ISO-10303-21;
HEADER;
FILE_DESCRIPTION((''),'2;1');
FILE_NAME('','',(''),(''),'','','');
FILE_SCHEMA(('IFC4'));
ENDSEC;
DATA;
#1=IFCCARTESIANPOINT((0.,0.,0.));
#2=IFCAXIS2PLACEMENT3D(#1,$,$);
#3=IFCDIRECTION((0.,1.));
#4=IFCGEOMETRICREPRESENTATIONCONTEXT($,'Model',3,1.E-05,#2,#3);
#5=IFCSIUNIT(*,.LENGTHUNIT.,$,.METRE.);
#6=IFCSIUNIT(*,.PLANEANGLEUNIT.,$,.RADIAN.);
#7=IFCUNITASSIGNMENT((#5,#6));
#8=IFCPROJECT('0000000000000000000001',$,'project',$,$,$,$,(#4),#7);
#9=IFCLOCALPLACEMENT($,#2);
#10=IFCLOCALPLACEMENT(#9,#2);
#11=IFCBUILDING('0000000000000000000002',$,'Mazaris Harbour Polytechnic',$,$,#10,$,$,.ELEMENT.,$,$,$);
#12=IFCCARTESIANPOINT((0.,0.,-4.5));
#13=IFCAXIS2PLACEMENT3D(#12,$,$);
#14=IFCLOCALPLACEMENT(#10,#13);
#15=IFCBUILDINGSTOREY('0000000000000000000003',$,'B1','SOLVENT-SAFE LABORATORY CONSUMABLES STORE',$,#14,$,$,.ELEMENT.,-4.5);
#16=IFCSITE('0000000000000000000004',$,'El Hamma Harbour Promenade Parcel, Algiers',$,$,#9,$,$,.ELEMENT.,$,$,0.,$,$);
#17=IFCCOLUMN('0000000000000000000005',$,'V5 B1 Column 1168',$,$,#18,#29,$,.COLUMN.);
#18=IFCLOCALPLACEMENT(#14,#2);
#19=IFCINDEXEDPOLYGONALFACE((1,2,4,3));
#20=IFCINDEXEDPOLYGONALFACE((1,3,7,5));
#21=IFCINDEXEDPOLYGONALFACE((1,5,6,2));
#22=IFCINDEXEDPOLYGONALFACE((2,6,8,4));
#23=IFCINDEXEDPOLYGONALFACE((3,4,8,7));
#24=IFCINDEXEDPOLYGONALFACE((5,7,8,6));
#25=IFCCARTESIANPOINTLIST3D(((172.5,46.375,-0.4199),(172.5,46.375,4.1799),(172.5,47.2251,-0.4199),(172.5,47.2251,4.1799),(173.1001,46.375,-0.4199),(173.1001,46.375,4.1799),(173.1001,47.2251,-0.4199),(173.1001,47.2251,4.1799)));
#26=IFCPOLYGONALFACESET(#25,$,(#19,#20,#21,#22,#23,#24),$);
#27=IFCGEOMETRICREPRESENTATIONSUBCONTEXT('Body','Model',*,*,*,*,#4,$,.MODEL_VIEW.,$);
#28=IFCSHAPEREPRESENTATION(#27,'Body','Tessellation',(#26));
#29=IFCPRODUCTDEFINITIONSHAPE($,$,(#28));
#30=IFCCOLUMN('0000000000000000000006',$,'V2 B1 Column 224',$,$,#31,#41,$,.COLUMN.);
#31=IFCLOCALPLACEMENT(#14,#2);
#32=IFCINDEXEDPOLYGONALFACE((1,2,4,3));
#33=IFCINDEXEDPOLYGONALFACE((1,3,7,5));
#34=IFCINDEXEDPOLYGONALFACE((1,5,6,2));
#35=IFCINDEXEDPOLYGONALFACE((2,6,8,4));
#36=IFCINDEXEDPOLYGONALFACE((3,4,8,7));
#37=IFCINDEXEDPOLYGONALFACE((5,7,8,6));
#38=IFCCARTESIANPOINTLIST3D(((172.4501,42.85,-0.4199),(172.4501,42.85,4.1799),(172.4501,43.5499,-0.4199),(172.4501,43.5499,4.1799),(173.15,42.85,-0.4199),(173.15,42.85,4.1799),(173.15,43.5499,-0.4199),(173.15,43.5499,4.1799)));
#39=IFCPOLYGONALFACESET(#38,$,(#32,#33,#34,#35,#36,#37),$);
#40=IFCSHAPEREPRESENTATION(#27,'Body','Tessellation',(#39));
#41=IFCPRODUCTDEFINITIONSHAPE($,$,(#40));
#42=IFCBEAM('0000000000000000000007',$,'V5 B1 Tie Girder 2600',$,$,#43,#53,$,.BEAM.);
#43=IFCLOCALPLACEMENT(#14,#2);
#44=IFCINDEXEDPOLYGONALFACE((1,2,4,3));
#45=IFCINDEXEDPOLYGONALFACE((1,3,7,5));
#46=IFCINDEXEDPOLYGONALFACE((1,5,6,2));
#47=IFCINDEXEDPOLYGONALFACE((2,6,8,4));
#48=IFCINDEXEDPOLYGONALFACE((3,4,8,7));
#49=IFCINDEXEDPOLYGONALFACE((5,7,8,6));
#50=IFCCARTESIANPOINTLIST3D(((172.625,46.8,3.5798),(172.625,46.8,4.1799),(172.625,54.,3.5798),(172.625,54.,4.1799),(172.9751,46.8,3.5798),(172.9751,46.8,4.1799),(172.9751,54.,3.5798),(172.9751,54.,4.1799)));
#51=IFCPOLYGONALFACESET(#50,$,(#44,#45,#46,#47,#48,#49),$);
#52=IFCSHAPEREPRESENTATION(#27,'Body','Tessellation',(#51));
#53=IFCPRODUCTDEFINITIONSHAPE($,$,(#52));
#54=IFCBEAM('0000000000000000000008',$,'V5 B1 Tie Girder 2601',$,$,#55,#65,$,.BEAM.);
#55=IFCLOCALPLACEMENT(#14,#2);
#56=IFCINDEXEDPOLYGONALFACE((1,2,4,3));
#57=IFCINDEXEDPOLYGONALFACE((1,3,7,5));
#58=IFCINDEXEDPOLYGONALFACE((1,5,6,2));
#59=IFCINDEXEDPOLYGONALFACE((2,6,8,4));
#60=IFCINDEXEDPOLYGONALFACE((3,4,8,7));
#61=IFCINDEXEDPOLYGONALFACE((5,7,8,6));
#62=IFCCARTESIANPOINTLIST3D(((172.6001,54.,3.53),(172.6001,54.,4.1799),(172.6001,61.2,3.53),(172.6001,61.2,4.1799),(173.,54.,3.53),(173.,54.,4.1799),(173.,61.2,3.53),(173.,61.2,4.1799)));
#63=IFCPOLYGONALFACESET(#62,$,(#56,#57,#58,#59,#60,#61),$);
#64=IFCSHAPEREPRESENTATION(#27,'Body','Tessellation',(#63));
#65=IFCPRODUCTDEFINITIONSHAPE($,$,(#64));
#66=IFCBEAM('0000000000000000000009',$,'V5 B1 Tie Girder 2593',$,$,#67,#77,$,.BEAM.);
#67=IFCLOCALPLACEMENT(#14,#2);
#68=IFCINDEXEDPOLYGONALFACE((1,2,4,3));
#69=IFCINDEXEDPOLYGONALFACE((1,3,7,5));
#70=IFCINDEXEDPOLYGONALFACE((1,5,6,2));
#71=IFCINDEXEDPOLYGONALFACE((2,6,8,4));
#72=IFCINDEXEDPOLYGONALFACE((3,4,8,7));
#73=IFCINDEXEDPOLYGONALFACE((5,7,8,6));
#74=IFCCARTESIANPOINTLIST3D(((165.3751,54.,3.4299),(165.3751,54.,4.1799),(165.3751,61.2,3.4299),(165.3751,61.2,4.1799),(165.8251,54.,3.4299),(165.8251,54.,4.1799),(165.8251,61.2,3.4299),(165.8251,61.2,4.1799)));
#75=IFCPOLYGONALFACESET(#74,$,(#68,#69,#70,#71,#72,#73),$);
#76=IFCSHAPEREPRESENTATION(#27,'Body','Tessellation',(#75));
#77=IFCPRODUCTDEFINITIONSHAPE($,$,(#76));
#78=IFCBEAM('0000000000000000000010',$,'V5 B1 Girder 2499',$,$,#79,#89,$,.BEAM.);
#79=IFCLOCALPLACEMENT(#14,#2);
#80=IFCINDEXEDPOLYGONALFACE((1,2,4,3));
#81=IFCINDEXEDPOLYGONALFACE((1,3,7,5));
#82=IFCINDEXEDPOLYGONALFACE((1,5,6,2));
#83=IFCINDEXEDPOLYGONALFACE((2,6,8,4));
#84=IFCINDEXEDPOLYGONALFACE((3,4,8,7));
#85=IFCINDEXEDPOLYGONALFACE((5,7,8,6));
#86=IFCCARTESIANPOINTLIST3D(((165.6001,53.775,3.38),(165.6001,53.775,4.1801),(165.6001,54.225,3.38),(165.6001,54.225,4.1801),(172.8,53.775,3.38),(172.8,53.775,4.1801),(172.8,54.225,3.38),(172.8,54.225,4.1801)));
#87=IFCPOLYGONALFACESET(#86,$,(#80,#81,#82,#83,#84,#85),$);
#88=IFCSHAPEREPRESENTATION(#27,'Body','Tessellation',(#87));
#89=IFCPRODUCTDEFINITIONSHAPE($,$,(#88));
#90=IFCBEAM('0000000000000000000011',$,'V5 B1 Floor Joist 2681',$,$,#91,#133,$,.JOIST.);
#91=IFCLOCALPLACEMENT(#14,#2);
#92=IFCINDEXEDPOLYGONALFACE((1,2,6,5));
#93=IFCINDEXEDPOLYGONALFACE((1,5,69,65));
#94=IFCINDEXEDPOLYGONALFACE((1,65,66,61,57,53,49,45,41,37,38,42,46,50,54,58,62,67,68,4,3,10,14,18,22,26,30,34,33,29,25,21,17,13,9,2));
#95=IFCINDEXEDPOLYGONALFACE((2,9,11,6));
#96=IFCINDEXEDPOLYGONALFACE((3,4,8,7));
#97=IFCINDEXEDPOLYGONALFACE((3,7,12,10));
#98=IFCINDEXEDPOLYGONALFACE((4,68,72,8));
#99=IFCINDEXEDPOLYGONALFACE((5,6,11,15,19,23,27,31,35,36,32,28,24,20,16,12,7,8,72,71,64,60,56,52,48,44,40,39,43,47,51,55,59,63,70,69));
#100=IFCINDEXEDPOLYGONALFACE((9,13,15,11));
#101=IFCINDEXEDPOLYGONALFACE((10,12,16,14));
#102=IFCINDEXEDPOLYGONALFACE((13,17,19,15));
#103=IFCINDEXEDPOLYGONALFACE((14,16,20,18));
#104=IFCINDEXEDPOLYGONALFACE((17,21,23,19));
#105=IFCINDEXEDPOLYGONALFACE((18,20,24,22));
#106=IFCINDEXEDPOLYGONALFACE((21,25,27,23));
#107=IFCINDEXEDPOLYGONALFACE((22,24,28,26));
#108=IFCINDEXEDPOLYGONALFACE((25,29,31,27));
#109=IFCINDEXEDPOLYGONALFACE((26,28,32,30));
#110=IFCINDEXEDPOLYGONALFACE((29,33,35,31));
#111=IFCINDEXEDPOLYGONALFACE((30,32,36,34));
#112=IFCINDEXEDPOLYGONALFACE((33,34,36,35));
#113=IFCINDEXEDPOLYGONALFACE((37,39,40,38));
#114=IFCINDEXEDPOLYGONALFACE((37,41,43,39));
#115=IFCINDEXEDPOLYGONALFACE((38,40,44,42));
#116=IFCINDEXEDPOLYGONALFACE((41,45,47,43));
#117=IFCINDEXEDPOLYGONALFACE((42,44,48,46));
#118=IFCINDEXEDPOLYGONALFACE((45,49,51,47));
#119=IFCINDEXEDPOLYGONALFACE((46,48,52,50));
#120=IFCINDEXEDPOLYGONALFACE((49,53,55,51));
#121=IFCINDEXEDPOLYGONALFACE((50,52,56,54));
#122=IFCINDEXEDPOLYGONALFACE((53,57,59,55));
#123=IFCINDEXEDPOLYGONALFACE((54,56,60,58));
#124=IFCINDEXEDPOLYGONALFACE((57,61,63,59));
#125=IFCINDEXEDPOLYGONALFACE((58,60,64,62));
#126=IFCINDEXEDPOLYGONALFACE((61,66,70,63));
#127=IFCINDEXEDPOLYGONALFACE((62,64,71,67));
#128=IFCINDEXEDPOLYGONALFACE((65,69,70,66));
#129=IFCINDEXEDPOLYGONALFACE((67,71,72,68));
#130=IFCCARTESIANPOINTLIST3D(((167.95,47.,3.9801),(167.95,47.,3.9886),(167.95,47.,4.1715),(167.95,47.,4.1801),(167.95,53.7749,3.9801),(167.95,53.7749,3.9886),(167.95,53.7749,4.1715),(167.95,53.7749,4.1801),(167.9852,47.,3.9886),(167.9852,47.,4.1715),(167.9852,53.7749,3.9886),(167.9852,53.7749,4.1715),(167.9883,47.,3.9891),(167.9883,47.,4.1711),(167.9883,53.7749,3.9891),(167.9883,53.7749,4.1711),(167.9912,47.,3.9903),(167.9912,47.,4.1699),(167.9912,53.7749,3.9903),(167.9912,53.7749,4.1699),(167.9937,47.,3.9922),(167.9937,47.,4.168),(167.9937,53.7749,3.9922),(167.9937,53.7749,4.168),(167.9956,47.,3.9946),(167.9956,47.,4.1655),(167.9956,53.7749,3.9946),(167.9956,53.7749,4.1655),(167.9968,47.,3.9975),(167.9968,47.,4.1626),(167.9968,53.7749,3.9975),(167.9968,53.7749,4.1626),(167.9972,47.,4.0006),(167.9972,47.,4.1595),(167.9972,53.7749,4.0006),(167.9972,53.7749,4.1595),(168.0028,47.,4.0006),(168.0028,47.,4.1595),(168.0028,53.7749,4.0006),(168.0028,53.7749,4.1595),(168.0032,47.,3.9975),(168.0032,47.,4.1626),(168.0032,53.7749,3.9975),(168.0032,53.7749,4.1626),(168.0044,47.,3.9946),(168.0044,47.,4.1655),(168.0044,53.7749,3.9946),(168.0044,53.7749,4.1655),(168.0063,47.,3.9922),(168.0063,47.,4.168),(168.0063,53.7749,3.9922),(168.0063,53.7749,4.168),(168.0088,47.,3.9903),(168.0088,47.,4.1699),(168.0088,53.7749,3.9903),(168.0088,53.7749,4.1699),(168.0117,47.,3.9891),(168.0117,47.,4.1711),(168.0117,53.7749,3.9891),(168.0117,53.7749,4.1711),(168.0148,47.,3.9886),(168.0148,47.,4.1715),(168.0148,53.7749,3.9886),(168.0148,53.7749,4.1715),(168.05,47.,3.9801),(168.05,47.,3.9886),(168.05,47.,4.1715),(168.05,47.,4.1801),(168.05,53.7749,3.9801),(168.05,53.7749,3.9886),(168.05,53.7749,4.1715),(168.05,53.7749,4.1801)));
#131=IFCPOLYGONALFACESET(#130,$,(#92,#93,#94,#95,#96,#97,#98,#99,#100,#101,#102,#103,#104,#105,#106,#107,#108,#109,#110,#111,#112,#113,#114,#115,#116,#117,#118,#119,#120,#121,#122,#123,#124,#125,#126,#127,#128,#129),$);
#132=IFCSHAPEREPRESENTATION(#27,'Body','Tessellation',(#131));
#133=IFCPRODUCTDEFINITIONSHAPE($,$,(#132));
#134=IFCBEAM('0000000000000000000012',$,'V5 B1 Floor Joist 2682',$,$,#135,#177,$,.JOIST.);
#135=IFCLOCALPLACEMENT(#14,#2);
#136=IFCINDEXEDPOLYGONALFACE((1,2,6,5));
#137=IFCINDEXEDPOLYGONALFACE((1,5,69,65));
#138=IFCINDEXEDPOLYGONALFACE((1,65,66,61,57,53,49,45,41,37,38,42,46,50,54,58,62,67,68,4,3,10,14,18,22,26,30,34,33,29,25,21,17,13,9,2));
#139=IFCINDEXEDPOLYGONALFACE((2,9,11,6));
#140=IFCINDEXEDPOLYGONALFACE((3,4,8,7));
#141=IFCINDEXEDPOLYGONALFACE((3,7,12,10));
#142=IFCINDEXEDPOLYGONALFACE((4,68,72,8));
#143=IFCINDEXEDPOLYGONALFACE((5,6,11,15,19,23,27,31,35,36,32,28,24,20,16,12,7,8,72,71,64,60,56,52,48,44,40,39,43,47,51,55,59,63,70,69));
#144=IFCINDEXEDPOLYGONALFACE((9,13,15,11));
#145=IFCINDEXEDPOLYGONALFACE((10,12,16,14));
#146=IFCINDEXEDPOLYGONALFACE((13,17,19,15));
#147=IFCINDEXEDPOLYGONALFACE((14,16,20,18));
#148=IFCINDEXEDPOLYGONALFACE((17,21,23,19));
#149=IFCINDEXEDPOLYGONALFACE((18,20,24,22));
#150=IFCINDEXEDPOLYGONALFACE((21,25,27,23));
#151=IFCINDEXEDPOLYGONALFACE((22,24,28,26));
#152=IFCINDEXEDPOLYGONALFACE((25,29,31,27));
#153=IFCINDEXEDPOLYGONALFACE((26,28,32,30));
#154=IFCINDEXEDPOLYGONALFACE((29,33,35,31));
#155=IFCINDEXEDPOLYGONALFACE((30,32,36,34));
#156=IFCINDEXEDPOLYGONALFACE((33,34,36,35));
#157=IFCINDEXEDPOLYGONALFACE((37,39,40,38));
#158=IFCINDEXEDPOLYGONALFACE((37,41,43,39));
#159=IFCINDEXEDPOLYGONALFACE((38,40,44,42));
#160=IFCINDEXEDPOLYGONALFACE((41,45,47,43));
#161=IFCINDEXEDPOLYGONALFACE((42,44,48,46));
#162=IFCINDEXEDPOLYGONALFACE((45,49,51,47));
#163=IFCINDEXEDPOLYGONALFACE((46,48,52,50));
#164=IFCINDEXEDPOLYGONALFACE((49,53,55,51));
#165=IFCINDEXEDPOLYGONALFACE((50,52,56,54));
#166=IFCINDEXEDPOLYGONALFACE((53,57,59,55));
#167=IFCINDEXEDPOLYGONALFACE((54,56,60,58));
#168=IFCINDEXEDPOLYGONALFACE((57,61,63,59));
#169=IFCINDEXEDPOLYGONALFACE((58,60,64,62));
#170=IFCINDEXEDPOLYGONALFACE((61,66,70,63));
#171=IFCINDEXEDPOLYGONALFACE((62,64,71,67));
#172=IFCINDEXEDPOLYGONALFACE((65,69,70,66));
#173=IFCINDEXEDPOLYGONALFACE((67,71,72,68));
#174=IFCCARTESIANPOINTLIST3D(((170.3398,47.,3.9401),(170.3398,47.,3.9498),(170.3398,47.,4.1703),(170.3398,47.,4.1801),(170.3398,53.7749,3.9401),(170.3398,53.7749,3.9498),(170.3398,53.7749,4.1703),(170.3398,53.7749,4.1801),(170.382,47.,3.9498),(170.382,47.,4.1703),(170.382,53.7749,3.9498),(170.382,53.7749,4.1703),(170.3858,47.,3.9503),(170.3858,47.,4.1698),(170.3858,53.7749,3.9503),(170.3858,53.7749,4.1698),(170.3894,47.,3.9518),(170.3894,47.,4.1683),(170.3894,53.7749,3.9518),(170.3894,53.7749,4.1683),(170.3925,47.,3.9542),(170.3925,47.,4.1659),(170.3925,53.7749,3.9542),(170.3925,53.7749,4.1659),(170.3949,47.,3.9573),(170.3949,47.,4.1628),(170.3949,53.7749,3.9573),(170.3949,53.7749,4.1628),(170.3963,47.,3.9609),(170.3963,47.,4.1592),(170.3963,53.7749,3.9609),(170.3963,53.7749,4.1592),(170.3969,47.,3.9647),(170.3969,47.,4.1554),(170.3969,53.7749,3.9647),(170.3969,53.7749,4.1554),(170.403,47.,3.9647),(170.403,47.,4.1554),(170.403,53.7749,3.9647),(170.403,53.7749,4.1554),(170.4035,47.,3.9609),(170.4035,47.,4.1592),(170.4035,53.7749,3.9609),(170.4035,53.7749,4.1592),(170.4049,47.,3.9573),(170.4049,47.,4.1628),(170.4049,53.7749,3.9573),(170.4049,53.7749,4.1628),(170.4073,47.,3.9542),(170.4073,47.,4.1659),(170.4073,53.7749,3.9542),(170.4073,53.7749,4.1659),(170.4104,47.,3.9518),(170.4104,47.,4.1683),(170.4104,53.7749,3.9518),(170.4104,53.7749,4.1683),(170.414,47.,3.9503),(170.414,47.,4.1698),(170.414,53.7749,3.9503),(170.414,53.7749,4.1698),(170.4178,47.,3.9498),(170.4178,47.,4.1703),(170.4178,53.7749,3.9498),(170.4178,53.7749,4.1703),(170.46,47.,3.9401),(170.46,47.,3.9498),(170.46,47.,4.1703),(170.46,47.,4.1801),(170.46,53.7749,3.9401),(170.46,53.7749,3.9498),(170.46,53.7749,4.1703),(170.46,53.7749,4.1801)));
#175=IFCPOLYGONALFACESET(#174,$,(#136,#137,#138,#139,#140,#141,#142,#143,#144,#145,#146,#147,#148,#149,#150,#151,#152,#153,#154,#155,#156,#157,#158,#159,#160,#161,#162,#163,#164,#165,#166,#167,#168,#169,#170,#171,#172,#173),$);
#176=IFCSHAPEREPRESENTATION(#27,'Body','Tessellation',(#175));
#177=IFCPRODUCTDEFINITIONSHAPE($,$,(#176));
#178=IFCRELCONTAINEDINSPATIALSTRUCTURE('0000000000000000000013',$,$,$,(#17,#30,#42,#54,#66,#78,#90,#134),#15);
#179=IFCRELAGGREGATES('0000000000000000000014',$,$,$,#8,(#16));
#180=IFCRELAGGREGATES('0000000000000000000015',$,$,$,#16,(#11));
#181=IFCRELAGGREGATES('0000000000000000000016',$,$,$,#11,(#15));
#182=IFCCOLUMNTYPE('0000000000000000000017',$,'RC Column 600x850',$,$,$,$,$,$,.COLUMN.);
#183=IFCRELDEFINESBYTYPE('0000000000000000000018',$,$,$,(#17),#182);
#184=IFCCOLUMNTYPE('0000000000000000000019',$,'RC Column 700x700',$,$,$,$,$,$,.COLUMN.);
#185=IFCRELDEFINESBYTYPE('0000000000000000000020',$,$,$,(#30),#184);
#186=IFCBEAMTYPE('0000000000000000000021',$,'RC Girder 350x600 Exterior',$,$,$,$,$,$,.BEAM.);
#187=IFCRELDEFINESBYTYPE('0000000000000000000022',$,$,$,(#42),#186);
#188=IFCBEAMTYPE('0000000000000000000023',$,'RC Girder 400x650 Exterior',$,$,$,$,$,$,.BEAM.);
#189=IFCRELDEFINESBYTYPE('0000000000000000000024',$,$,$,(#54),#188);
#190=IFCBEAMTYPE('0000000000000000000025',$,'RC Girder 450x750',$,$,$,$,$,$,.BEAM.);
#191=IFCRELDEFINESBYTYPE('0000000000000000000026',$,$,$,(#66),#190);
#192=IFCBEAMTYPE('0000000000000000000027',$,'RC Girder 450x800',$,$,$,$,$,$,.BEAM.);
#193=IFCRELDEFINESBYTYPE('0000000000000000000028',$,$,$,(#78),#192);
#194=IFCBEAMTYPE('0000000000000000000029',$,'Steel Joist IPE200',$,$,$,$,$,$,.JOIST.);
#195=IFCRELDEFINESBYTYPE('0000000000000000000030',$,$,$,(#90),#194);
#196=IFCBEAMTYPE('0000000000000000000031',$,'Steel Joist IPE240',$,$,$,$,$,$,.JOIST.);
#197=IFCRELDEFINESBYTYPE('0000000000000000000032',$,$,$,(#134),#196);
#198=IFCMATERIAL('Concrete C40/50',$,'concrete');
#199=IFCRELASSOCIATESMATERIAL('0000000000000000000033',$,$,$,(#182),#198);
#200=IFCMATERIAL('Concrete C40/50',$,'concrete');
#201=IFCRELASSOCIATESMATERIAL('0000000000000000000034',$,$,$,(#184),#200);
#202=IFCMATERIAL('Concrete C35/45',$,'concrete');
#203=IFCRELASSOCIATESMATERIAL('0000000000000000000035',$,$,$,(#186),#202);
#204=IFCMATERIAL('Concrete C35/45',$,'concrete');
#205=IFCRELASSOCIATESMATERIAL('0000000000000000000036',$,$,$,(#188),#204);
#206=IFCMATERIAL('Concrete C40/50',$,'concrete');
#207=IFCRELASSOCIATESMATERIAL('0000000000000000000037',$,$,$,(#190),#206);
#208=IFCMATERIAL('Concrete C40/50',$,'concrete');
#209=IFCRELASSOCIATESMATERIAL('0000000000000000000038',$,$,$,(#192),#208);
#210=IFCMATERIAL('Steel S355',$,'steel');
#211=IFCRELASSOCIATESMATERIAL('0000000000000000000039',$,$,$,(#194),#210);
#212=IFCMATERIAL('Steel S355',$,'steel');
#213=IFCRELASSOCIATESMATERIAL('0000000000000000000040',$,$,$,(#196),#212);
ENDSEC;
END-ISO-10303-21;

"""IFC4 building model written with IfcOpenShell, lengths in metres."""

from ifc_helpers import new_model, si_unit, direction, frame, origin, origin_2d, place, context, subcontext, project, spatial, rectangle, i_section, extrude, material, material_profile, profile_set, type_object, element, save


model = new_model("IFC4")

# Units and contexts
model_context = context("Model", 3, precision=1e-05, world=origin(), true_north=direction((0.0, 1.0)))
body_context = subcontext(model_context, "Body", "Model", "MODEL_VIEW")
ifc_project = project(units=[si_unit("LENGTHUNIT", "METRE"), si_unit("PLANEANGLEUNIT", "RADIAN")], contexts=[model_context])

# Site, building, storey
site_placement = place(None, origin())
site = spatial("IfcSite", under=ifc_project, at=site_placement, Name="El Hamma Harbour Promenade Parcel, Algiers", CompositionType="ELEMENT", RefElevation=0.0)
building_placement = place(site_placement, origin())
building = spatial("IfcBuilding", under=site, at=building_placement, Name="Mazaris Harbour Polytechnic", CompositionType="ELEMENT")
storey_placement = place(building_placement, frame((0.0, 0.0, -4.5)))
storey = spatial("IfcBuildingStorey", under=building, at=storey_placement, Name="B1", Description="SOLVENT-SAFE LABORATORY CONSUMABLES STORE", CompositionType="ELEMENT", Elevation=-4.5)

# Columns
ifc_material_1 = material(Name="Concrete C40/50", Category="concrete")
ifc_material_profile_1 = material_profile(ifc_material_1, rectangle(XDim=0.6001, YDim=0.8501, at=origin_2d()), Name="RECT600x850")
ifc_profile_set_1 = profile_set([ifc_material_profile_1], Name="Concrete C40/50")
column_type_1 = type_object("IfcColumnType", Name="RC Column 600x850", PredefinedType="COLUMN", material=ifc_profile_set_1)
column_1_placement = place(storey_placement, frame((172.8, 46.8, -0.4199), z_axis=(0.0, 0.0, 1.0), x_axis=(1.0, 0.0, 0.0)))
element("IfcColumn", 1, at=column_1_placement, inside=storey, type_object=column_type_1, Name="V5 B1 Column 1168", PredefinedType="COLUMN", context=body_context, shape_type="SweptSolid", body=[
    extrude(rectangle(XDim=0.6001, YDim=0.8501, at=origin_2d()), origin(), (0.0, 0.0, 1.0), 4.5999),
])
ifc_material_2 = material(Name="Concrete C40/50", Category="concrete")
ifc_material_profile_2 = material_profile(ifc_material_2, rectangle(XDim=0.7, YDim=0.7, at=origin_2d()), Name="RECT700x700")
ifc_profile_set_2 = profile_set([ifc_material_profile_2], Name="Concrete C40/50")
column_type_2 = type_object("IfcColumnType", Name="RC Column 700x700", PredefinedType="COLUMN", material=ifc_profile_set_2)
column_2_placement = place(storey_placement, frame((172.8, 43.2, -0.4199), z_axis=(0.0, 0.0, 1.0), x_axis=(1.0, 0.0, 0.0)))
element("IfcColumn", 2, at=column_2_placement, inside=storey, type_object=column_type_2, Name="V2 B1 Column 224", PredefinedType="COLUMN", context=body_context, shape_type="SweptSolid", body=[
    extrude(rectangle(XDim=0.7, YDim=0.7, at=origin_2d()), origin(), (0.0, 0.0, 1.0), 4.5999),
])

# Beams
ifc_material_3 = material(Name="Concrete C35/45", Category="concrete")
ifc_material_profile_3 = material_profile(ifc_material_3, rectangle(XDim=0.3501, YDim=0.6001, at=origin_2d()), Name="RECT350x600")
ifc_profile_set_3 = profile_set([ifc_material_profile_3], Name="Concrete C35/45")
beam_type_1 = type_object("IfcBeamType", Name="RC Girder 350x600 Exterior", PredefinedType="BEAM", material=ifc_profile_set_3)
beam_1_placement = place(storey_placement, frame((172.8, 46.8, 3.8799), z_axis=(0.0, 1.0, 0.0), x_axis=(-1.0, 0.0, 0.0)))
element("IfcBeam", 3, at=beam_1_placement, inside=storey, type_object=beam_type_1, Name="V5 B1 Tie Girder 2600", PredefinedType="BEAM", context=body_context, shape_type="SweptSolid", body=[
    extrude(rectangle(XDim=0.3501, YDim=0.6001, at=origin_2d()), origin(), (0.0, 0.0, 1.0), 7.2),
])
ifc_material_4 = material(Name="Concrete C35/45", Category="concrete")
ifc_material_profile_4 = material_profile(ifc_material_4, rectangle(XDim=0.3999, YDim=0.6499, at=origin_2d()), Name="RECT400x650")
ifc_profile_set_4 = profile_set([ifc_material_profile_4], Name="Concrete C35/45")
beam_type_2 = type_object("IfcBeamType", Name="RC Girder 400x650 Exterior", PredefinedType="BEAM", material=ifc_profile_set_4)
beam_2_placement = place(storey_placement, frame((172.8, 54.0, 3.855), z_axis=(0.0, 1.0, 0.0), x_axis=(-1.0, 0.0, 0.0)))
element("IfcBeam", 4, at=beam_2_placement, inside=storey, type_object=beam_type_2, Name="V5 B1 Tie Girder 2601", PredefinedType="BEAM", context=body_context, shape_type="SweptSolid", body=[
    extrude(rectangle(XDim=0.3999, YDim=0.6499, at=origin_2d()), origin(), (0.0, 0.0, 1.0), 7.2),
])
ifc_material_5 = material(Name="Concrete C40/50", Category="concrete")
ifc_material_profile_5 = material_profile(ifc_material_5, rectangle(XDim=0.45, YDim=0.75, at=origin_2d()), Name="RECT450x750")
ifc_profile_set_5 = profile_set([ifc_material_profile_5], Name="Concrete C40/50")
beam_type_3 = type_object("IfcBeamType", Name="RC Girder 450x750", PredefinedType="BEAM", material=ifc_profile_set_5)
beam_3_placement = place(storey_placement, frame((165.6001, 54.0, 3.8049), z_axis=(0.0, 1.0, 0.0), x_axis=(-1.0, 0.0, 0.0)))
element("IfcBeam", 5, at=beam_3_placement, inside=storey, type_object=beam_type_3, Name="V5 B1 Tie Girder 2593", PredefinedType="BEAM", context=body_context, shape_type="SweptSolid", body=[
    extrude(rectangle(XDim=0.45, YDim=0.75, at=origin_2d()), origin(), (0.0, 0.0, 1.0), 7.2),
])
ifc_material_6 = material(Name="Concrete C40/50", Category="concrete")
ifc_material_profile_6 = material_profile(ifc_material_6, rectangle(XDim=0.45, YDim=0.8, at=origin_2d()), Name="RECT450x800")
ifc_profile_set_6 = profile_set([ifc_material_profile_6], Name="Concrete C40/50")
beam_type_4 = type_object("IfcBeamType", Name="RC Girder 450x800", PredefinedType="BEAM", material=ifc_profile_set_6)
beam_4_placement = place(storey_placement, frame((165.6001, 54.0, 3.78), z_axis=(1.0, 0.0, 0.0), x_axis=(0.0, 1.0, 0.0)))
element("IfcBeam", 6, at=beam_4_placement, inside=storey, type_object=beam_type_4, Name="V5 B1 Girder 2499", PredefinedType="BEAM", context=body_context, shape_type="SweptSolid", body=[
    extrude(rectangle(XDim=0.45, YDim=0.8, at=origin_2d()), origin(), (0.0, 0.0, 1.0), 7.2),
])
ifc_material_7 = material(Name="Steel S355", Category="steel")
ifc_material_profile_7 = material_profile(ifc_material_7, i_section(OverallWidth=0.1001, OverallDepth=0.2, WebThickness=0.0056, FlangeThickness=0.0085, FilletRadius=0.012, at=origin_2d()), Name="IPE 200")
ifc_profile_set_7 = profile_set([ifc_material_profile_7], Name="Steel S355")
beam_type_5 = type_object("IfcBeamType", Name="Steel Joist IPE200", PredefinedType="JOIST", material=ifc_profile_set_7)
beam_5_placement = place(storey_placement, frame((168.0, 47.0, 4.0801), z_axis=(0.0, 1.0, 0.0), x_axis=(-1.0, 0.0, 0.0)))
element("IfcBeam", 7, at=beam_5_placement, inside=storey, type_object=beam_type_5, Name="V5 B1 Floor Joist 2681", PredefinedType="JOIST", context=body_context, shape_type="SweptSolid", body=[
    extrude(i_section(OverallWidth=0.1001, OverallDepth=0.2, WebThickness=0.0056, FlangeThickness=0.0085, FilletRadius=0.012, at=origin_2d()), origin(), (0.0, 0.0, 1.0), 6.7749),
])
ifc_material_8 = material(Name="Steel S355", Category="steel")
ifc_material_profile_8 = material_profile(ifc_material_8, i_section(OverallWidth=0.1201, OverallDepth=0.24, WebThickness=0.0061, FlangeThickness=0.0098, FilletRadius=0.0149, at=origin_2d()), Name="IPE 240")
ifc_profile_set_8 = profile_set([ifc_material_profile_8], Name="Steel S355")
beam_type_6 = type_object("IfcBeamType", Name="Steel Joist IPE240", PredefinedType="JOIST", material=ifc_profile_set_8)
beam_6_placement = place(storey_placement, frame((170.3999, 47.0, 4.0601), z_axis=(0.0, 1.0, 0.0), x_axis=(-1.0, 0.0, 0.0)))
element("IfcBeam", 8, at=beam_6_placement, inside=storey, type_object=beam_type_6, Name="V5 B1 Floor Joist 2682", PredefinedType="JOIST", context=body_context, shape_type="SweptSolid", body=[
    extrude(i_section(OverallWidth=0.1201, OverallDepth=0.24, WebThickness=0.0061, FlangeThickness=0.0098, FilletRadius=0.0149, at=origin_2d()), origin(), (0.0, 0.0, 1.0), 6.7749),
])

save(model, "model.ifc")
